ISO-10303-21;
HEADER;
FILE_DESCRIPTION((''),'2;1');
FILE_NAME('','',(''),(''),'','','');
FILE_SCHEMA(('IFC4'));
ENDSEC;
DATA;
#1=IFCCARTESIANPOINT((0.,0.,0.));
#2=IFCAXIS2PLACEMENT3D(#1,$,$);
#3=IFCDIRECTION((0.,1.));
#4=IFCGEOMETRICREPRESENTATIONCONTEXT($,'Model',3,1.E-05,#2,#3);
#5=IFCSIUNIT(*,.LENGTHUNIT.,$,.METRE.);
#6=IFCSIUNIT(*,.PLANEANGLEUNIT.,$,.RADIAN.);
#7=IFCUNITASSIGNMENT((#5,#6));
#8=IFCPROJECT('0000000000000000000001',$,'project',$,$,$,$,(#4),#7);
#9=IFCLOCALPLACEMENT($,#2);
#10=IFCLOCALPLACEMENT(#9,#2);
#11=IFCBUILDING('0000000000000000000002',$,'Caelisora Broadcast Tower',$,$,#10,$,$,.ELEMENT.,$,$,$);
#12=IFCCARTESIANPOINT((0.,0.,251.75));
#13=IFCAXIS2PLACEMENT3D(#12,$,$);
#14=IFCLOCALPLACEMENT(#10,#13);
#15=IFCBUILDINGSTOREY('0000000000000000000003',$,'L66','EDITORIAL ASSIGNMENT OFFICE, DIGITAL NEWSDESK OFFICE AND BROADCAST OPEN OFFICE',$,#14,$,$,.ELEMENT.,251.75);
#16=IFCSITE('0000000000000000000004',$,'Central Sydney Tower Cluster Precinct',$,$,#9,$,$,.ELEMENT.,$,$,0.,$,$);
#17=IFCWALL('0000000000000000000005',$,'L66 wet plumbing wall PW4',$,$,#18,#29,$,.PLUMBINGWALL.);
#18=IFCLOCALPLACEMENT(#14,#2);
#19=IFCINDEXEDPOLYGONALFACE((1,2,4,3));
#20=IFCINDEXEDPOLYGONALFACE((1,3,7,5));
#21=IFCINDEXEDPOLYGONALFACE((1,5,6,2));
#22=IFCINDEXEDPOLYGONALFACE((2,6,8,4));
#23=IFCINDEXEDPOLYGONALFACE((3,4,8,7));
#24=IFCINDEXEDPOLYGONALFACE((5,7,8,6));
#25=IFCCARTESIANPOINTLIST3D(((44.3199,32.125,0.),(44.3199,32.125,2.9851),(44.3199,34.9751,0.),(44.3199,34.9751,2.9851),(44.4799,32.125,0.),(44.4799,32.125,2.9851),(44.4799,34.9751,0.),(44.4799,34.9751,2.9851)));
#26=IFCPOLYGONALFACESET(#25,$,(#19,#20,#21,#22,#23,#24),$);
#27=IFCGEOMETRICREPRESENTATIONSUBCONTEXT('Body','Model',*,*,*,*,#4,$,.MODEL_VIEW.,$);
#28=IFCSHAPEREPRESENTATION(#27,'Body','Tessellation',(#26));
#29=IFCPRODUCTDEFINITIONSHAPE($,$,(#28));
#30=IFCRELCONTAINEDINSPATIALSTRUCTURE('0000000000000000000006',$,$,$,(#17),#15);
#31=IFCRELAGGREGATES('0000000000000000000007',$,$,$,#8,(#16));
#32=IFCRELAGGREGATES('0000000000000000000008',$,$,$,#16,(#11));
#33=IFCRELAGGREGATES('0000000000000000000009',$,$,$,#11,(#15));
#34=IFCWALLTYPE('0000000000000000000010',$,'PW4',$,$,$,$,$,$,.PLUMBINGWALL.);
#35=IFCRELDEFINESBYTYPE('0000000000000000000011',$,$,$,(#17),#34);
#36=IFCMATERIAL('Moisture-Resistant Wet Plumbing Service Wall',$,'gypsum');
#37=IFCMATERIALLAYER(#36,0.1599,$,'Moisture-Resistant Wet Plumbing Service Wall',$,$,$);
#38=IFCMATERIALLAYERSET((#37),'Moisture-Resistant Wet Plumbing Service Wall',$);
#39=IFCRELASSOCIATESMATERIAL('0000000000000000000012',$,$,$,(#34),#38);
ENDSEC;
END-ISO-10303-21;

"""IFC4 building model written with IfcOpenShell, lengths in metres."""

from ifc_helpers import new_model, si_unit, direction, frame, frame_2d, origin, place, context, subcontext, project, spatial, rectangle, extrude, material, layer, layer_set, type_object, element, save


model = new_model("IFC4")

# Units and contexts
model_context = context("Model", 3, precision=1e-05, world=origin(), true_north=direction((0.0, 1.0)))
body_context = subcontext(model_context, "Body", "Model", "MODEL_VIEW")
ifc_project = project(units=[si_unit("LENGTHUNIT", "METRE"), si_unit("PLANEANGLEUNIT", "RADIAN")], contexts=[model_context])

# Site, building, storey
site_placement = place(None, origin())
site = spatial("IfcSite", under=ifc_project, at=site_placement, Name="Central Sydney Tower Cluster Precinct", CompositionType="ELEMENT", RefElevation=0.0)
building_placement = place(site_placement, origin())
building = spatial("IfcBuilding", under=site, at=building_placement, Name="Caelisora Broadcast Tower", CompositionType="ELEMENT")
storey_placement = place(building_placement, frame((0.0, 0.0, 251.75)))
storey = spatial("IfcBuildingStorey", under=building, at=storey_placement, Name="L66", Description="EDITORIAL ASSIGNMENT OFFICE, DIGITAL NEWSDESK OFFICE AND BROADCAST OPEN OFFICE", CompositionType="ELEMENT", Elevation=251.75)

# Shared definitions
ifc_material_1 = material(Name="Moisture-Resistant Wet Plumbing Service Wall", Category="gypsum")
ifc_layer_1 = layer(ifc_material_1, 0.1599, Name="Moisture-Resistant Wet Plumbing Service Wall")
ifc_layer_set_1 = layer_set([ifc_layer_1], Name="Moisture-Resistant Wet Plumbing Service Wall")
wall_type_1 = type_object("IfcWallType", Name="PW4", PredefinedType="PLUMBINGWALL", material=ifc_layer_set_1)

# Wall
wall_1_placement = place(storey_placement, frame((44.3999, 32.125, 0.0), z_axis=(0.0, 0.0, 1.0), x_axis=(0.0, 1.0, 0.0)))
element("IfcWall", 1, at=wall_1_placement, inside=storey, type_object=wall_type_1, Name="L66 wet plumbing wall PW4", PredefinedType="PLUMBINGWALL", context=body_context, shape_type="SweptSolid", body=[
    extrude(rectangle(XDim=2.8501, YDim=0.1599, at=frame_2d((1.425, 0.0))), origin(), (0.0, 0.0, 1.0), 2.9851),
])

save(model, "model.ifc")
